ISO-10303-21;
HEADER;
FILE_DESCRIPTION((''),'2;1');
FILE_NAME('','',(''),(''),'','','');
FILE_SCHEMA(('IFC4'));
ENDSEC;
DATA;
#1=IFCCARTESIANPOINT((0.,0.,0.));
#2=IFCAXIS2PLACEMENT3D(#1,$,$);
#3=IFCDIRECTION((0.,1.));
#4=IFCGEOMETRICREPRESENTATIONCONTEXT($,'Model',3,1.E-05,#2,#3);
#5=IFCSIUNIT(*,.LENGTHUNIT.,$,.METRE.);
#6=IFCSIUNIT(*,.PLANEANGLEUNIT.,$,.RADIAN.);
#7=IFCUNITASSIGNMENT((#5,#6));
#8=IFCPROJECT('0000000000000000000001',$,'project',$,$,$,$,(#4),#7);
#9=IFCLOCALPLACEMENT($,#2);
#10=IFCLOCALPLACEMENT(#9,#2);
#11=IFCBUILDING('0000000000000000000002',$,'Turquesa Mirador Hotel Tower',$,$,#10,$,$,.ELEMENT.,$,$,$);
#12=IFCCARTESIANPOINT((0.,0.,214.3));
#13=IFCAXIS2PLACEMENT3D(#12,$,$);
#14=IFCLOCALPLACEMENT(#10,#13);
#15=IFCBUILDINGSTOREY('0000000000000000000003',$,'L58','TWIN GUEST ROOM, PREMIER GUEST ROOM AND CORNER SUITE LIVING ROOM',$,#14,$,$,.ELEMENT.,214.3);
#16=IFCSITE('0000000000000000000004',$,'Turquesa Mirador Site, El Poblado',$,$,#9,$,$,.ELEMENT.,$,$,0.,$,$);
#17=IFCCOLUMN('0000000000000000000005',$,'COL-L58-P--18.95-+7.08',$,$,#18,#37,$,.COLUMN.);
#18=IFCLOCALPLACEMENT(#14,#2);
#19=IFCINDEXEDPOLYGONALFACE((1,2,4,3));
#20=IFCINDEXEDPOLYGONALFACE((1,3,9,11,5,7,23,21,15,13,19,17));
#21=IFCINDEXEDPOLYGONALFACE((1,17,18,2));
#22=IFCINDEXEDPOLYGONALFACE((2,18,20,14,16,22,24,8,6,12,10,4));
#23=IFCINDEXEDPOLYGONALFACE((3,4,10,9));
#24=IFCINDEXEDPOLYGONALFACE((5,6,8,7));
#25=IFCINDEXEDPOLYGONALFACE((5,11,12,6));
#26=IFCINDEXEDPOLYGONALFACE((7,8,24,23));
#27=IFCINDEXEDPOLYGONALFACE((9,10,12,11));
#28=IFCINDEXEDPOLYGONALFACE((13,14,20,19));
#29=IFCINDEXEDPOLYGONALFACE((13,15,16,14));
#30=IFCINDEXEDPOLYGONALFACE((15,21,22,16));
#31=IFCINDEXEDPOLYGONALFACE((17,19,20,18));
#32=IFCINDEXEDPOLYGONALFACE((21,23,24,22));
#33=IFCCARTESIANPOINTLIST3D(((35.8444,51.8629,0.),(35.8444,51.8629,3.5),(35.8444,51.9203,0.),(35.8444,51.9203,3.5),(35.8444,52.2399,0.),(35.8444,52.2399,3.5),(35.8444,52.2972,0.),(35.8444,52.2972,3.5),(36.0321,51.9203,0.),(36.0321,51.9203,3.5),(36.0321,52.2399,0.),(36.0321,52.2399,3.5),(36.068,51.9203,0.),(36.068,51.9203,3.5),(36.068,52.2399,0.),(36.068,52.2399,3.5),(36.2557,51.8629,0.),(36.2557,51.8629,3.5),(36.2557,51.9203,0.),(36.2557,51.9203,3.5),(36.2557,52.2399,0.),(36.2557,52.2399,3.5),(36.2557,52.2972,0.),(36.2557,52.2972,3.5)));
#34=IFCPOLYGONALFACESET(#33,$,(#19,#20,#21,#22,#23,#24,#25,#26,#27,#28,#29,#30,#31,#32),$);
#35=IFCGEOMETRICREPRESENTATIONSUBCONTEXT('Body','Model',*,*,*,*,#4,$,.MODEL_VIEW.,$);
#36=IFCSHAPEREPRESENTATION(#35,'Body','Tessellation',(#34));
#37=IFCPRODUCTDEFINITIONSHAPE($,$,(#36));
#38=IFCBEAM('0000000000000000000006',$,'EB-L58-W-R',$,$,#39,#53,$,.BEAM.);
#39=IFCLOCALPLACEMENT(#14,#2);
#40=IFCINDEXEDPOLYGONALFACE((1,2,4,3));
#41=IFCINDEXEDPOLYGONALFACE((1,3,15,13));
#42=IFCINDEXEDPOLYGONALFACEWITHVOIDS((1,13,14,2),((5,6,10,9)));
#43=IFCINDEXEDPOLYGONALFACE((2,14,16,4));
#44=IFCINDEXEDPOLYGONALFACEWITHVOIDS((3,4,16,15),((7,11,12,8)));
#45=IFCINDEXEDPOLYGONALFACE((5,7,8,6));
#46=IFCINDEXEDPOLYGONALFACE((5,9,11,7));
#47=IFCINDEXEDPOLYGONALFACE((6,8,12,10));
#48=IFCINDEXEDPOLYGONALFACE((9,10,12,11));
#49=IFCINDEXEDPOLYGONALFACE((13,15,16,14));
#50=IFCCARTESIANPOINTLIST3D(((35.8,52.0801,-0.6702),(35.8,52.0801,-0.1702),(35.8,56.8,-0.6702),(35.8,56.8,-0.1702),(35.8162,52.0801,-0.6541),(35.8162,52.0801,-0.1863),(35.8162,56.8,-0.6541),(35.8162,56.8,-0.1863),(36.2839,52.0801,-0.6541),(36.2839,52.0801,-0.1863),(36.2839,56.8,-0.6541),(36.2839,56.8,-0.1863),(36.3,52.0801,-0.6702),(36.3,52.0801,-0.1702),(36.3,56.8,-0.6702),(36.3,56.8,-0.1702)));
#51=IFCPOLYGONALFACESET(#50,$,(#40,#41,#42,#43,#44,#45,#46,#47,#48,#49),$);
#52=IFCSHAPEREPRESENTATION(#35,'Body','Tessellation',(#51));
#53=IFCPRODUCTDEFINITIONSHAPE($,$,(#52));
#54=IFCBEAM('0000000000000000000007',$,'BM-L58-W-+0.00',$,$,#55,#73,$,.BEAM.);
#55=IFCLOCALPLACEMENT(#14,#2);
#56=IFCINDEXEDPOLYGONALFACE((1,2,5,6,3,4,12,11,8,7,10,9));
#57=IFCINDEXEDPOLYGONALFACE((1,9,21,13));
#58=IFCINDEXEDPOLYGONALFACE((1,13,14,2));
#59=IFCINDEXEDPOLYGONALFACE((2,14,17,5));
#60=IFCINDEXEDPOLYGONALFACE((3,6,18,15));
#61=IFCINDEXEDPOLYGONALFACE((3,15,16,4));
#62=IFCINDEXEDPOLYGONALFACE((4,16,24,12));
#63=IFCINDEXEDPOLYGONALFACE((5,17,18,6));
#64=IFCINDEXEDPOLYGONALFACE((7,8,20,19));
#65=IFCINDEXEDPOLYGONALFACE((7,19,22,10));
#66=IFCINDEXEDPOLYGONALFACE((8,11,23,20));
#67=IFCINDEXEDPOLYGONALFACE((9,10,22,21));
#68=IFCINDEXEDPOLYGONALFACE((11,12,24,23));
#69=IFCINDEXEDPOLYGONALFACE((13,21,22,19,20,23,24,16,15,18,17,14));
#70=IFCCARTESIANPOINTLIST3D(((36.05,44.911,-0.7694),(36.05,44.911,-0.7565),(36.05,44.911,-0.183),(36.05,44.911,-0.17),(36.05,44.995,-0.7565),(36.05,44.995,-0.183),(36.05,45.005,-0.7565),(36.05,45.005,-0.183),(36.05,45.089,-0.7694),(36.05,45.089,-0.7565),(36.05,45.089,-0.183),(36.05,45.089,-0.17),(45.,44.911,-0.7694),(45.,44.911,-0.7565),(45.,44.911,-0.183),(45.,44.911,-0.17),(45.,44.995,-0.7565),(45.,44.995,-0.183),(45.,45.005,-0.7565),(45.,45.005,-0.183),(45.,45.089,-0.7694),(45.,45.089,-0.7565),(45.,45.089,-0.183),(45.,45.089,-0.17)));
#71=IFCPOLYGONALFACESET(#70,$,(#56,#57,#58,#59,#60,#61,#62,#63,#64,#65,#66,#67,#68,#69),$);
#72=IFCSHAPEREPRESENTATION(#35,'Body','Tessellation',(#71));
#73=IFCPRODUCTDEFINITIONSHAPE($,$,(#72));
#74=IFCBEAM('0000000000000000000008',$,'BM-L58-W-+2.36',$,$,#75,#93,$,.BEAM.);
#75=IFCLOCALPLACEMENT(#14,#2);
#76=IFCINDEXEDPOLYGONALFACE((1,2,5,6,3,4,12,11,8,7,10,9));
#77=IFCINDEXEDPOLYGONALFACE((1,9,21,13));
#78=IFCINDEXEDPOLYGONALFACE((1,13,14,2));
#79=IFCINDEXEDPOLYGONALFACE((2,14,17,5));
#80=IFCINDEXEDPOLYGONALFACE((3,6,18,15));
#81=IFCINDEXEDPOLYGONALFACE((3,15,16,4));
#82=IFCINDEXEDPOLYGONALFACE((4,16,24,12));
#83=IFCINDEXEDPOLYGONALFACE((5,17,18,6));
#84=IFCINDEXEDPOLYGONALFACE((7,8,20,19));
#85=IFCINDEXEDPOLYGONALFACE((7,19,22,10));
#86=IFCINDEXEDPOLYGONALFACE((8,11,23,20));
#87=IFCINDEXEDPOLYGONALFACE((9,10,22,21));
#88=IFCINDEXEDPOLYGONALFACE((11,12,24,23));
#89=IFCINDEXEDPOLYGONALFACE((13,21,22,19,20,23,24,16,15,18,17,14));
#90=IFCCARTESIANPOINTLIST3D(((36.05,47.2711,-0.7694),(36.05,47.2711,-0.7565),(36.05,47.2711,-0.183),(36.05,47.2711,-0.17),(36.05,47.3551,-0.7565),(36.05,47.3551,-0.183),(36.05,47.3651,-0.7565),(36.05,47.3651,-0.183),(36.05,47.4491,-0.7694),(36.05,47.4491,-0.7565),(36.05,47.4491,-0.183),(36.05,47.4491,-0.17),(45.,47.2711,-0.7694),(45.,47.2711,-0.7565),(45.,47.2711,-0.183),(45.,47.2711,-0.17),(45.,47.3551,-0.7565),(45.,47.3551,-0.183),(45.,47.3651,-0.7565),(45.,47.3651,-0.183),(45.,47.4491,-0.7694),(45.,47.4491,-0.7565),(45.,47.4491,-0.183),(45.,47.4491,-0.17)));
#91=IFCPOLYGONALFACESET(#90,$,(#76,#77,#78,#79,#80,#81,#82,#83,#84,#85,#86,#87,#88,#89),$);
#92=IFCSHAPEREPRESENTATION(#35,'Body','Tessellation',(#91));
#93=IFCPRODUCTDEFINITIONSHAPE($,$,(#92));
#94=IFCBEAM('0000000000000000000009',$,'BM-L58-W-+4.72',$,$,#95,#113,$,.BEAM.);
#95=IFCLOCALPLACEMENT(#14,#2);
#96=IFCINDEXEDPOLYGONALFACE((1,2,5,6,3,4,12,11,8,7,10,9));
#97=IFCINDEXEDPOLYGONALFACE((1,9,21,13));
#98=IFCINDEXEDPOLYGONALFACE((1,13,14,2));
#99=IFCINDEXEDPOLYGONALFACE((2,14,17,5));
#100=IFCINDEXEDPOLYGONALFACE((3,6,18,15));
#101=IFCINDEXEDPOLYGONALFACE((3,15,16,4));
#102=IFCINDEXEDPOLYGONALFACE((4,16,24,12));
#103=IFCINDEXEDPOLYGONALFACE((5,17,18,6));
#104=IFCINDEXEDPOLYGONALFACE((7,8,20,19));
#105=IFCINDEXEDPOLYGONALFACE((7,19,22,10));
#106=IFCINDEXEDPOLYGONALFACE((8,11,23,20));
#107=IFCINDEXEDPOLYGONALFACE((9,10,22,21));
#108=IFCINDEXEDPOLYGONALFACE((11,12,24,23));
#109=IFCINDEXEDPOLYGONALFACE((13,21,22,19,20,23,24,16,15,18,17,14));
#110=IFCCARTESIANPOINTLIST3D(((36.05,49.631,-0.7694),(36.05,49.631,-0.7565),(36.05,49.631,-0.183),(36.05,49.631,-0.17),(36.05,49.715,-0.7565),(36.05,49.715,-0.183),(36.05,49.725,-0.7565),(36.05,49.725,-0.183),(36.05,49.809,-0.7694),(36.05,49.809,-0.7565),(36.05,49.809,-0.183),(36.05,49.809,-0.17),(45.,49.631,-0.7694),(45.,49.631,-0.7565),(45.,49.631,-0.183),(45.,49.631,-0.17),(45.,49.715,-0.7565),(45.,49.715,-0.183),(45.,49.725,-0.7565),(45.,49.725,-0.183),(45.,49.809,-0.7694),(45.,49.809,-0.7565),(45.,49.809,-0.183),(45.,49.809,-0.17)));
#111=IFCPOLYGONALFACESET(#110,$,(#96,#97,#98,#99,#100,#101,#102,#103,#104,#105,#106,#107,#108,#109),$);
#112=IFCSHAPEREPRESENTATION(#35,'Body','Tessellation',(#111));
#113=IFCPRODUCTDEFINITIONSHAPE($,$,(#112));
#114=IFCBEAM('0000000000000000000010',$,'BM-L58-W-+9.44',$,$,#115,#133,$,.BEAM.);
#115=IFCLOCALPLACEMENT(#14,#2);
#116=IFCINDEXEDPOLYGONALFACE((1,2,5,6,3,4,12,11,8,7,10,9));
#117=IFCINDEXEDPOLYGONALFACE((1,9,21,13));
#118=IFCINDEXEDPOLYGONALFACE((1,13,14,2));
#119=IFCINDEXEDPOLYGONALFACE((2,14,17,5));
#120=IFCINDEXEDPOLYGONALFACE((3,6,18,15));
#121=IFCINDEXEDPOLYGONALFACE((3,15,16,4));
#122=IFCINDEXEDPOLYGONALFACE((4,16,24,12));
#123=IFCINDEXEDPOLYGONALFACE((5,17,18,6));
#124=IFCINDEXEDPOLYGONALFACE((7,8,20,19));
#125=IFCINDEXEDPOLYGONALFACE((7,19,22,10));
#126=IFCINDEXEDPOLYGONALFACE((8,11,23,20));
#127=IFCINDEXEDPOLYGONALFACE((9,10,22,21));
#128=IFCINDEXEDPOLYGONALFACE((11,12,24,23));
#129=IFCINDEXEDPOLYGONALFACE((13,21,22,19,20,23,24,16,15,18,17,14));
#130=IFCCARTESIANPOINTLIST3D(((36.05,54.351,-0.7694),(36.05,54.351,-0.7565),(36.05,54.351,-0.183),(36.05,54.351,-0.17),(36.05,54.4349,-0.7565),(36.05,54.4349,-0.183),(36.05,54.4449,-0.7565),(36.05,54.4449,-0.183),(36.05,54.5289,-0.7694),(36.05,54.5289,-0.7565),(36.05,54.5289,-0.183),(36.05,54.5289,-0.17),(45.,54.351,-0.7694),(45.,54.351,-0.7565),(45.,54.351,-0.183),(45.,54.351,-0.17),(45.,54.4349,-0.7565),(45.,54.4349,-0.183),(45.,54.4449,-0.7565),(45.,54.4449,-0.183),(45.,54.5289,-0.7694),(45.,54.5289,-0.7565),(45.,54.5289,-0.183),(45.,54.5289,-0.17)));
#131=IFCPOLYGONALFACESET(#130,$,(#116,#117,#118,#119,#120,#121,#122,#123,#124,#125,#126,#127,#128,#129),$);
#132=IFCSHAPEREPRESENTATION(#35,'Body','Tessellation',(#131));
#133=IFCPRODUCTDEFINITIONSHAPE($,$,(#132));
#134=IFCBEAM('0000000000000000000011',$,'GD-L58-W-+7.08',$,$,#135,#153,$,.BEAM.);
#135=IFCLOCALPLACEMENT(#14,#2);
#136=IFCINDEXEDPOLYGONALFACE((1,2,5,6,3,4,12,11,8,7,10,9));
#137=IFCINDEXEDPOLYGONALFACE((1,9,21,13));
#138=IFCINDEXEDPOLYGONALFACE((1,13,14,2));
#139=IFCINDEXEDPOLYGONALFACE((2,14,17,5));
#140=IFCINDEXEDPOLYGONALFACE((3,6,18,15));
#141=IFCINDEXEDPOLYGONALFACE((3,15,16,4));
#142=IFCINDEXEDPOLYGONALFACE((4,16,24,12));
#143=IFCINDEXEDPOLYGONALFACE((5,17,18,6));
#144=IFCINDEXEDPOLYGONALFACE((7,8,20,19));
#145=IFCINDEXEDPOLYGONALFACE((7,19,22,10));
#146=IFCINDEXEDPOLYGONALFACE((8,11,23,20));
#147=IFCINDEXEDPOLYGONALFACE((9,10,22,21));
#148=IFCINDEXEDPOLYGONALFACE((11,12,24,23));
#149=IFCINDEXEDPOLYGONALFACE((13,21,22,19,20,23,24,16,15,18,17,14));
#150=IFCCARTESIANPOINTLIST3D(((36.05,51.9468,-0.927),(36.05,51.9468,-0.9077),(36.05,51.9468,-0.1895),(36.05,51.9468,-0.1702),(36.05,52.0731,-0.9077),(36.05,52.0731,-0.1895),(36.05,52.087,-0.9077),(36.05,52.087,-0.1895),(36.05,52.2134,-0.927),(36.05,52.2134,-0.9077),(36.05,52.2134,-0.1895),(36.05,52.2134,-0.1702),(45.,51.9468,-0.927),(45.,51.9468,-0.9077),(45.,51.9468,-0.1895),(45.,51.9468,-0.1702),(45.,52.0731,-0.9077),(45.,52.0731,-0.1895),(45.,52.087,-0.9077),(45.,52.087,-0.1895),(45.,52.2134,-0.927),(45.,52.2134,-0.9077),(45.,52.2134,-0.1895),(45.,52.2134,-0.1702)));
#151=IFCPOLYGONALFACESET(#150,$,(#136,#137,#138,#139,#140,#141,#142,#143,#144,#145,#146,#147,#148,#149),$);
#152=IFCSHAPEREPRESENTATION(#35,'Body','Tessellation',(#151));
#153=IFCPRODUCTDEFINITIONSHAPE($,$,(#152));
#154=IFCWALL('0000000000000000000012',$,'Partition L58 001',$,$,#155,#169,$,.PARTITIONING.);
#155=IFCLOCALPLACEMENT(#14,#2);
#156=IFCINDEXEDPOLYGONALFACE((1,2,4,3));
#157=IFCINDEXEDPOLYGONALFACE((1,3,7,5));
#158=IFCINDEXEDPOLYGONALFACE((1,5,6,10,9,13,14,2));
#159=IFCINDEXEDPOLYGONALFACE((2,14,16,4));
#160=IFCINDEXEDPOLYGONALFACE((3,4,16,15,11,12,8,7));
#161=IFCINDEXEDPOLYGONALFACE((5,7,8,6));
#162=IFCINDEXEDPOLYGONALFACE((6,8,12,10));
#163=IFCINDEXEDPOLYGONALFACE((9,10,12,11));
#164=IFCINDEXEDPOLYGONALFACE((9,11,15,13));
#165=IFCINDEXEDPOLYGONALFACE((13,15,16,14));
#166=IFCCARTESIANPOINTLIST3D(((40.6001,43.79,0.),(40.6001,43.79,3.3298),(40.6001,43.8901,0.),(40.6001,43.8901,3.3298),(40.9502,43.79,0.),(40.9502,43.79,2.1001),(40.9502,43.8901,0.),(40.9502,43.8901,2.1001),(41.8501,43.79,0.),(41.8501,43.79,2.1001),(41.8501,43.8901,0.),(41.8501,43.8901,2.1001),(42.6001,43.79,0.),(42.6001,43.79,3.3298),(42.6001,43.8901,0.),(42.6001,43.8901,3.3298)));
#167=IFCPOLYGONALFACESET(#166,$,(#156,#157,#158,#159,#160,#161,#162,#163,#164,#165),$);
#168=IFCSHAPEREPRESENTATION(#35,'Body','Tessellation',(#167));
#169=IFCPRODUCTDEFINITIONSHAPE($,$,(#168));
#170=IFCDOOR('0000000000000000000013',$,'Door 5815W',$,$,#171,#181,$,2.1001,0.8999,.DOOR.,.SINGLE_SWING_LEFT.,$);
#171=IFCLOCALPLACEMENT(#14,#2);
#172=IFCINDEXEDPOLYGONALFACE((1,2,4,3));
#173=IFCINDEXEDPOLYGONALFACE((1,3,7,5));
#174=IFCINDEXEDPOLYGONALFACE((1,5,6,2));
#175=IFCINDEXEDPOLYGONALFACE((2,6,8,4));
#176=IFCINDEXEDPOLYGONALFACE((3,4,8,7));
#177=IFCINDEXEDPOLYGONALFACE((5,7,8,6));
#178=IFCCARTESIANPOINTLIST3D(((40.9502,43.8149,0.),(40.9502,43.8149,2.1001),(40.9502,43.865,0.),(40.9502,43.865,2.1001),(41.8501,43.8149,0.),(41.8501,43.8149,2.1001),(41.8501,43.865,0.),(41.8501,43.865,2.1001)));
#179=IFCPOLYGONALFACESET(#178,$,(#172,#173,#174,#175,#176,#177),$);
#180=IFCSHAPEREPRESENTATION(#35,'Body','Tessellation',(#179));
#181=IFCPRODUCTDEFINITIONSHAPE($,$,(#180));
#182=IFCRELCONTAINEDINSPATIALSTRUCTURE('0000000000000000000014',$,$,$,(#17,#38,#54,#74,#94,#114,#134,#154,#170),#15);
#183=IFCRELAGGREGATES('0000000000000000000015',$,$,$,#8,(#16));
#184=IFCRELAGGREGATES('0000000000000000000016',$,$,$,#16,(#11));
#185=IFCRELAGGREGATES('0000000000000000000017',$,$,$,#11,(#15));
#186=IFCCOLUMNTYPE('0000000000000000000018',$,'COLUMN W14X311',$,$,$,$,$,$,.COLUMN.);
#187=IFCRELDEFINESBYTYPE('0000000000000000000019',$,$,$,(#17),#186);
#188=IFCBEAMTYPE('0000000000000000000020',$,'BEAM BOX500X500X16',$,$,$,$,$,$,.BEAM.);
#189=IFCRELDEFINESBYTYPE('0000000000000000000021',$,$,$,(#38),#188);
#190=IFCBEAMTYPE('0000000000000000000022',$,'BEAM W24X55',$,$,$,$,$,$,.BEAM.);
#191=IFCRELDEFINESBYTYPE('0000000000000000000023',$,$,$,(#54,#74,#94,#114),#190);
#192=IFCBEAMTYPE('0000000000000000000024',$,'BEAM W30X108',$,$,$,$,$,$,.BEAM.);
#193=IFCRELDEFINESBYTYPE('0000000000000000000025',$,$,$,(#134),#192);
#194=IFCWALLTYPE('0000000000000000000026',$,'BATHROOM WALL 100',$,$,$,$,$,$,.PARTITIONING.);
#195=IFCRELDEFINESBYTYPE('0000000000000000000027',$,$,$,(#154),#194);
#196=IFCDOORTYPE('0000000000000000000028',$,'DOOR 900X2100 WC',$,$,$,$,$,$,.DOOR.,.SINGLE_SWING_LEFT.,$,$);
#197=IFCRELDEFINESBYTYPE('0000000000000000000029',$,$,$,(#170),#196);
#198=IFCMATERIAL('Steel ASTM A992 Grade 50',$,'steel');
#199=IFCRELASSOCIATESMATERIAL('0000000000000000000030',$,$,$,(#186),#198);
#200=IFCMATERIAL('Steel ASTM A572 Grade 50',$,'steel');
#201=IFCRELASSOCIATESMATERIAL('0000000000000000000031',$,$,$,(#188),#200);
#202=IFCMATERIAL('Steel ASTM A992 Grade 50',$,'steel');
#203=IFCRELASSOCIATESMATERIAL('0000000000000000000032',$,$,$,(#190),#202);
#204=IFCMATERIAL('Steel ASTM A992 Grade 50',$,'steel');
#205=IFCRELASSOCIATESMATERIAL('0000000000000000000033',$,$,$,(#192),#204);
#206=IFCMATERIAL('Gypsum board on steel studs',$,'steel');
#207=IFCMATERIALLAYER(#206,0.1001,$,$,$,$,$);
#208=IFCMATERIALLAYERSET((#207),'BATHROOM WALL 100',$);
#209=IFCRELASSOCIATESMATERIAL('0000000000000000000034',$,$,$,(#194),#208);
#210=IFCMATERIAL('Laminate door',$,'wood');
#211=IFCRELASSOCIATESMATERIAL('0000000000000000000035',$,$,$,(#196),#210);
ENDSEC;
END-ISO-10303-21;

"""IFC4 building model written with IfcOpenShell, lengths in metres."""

from ifc_helpers import new_model, si_unit, direction, frame, frame_2d, origin, origin_2d, place, context, subcontext, project, spatial, rectangle, hollow_rectangle, i_section, extrude, material, layer, layer_set, material_profile, profile_set, type_object, element, fill, save


model = new_model("IFC4")

# Units and contexts
model_context = context("Model", 3, precision=1e-05, world=origin(), true_north=direction((0.0, 1.0)))
body_context = subcontext(model_context, "Body", "Model", "MODEL_VIEW")
ifc_project = project(units=[si_unit("LENGTHUNIT", "METRE"), si_unit("PLANEANGLEUNIT", "RADIAN")], contexts=[model_context])

# Site, building, storey
site_placement = place(None, origin())
site = spatial("IfcSite", under=ifc_project, at=site_placement, Name="Turquesa Mirador Site, El Poblado", CompositionType="ELEMENT", RefElevation=0.0)
building_placement = place(site_placement, origin())
building = spatial("IfcBuilding", under=site, at=building_placement, Name="Turquesa Mirador Hotel Tower", CompositionType="ELEMENT")
storey_placement = place(building_placement, frame((0.0, 0.0, 214.3)))
storey = spatial("IfcBuildingStorey", under=building, at=storey_placement, Name="L58", Description="TWIN GUEST ROOM, PREMIER GUEST ROOM AND CORNER SUITE LIVING ROOM", CompositionType="ELEMENT", Elevation=214.3)

# Column
ifc_material_1 = material(Name="Steel ASTM A992 Grade 50", Category="steel")
ifc_material_profile_1 = material_profile(ifc_material_1, i_section(OverallWidth=0.4114, OverallDepth=0.4343, WebThickness=0.0359, FlangeThickness=0.0574, at=origin_2d()), Name="W14X311")
ifc_profile_set_1 = profile_set([ifc_material_profile_1], Name="Steel ASTM A992 Grade 50")
column_type = type_object("IfcColumnType", Name="COLUMN W14X311", PredefinedType="COLUMN", material=ifc_profile_set_1)
column_placement = place(storey_placement, frame((36.05, 52.0801, 0.0), z_axis=(0.0, 0.0, 1.0), x_axis=(1.0, 0.0, 0.0)))
element("IfcColumn", 1, at=column_placement, inside=storey, type_object=column_type, Name="COL-L58-P--18.95-+7.08", PredefinedType="COLUMN", context=body_context, shape_type="SweptSolid", body=[
    extrude(i_section(OverallWidth=0.4114, OverallDepth=0.4343, WebThickness=0.0359, FlangeThickness=0.0574, at=origin_2d()), origin(), (0.0, 0.0, 1.0), 3.5),
])

# Beams
ifc_material_2 = material(Name="Steel ASTM A572 Grade 50", Category="steel")
ifc_material_profile_2 = material_profile(ifc_material_2, hollow_rectangle(XDim=0.5, YDim=0.5, WallThickness=0.0161, at=origin_2d()), Name="BOX500X500X16")
ifc_profile_set_2 = profile_set([ifc_material_profile_2], Name="Steel ASTM A572 Grade 50")
beam_type_1 = type_object("IfcBeamType", Name="BEAM BOX500X500X16", PredefinedType="BEAM", material=ifc_profile_set_2)
beam_1_placement = place(storey_placement, frame((36.05, 52.0801, -0.4202), z_axis=(0.0, 1.0, 0.0), x_axis=(-1.0, 0.0, 0.0)))
element("IfcBeam", 2, at=beam_1_placement, inside=storey, type_object=beam_type_1, Name="EB-L58-W-R", PredefinedType="BEAM", context=body_context, shape_type="SweptSolid", body=[
    extrude(hollow_rectangle(XDim=0.5, YDim=0.5, WallThickness=0.0161, at=origin_2d()), origin(), (0.0, 0.0, 1.0), 4.72),
])
ifc_material_3 = material(Name="Steel ASTM A992 Grade 50", Category="steel")
ifc_material_profile_3 = material_profile(ifc_material_3, i_section(OverallWidth=0.178, OverallDepth=0.5994, WebThickness=0.01, FlangeThickness=0.0129, at=origin_2d()), Name="W24X55")
ifc_profile_set_3 = profile_set([ifc_material_profile_3], Name="Steel ASTM A992 Grade 50")
beam_type_2 = type_object("IfcBeamType", Name="BEAM W24X55", PredefinedType="BEAM", material=ifc_profile_set_3)
for number, where, z_axis, x_axis, name in (
    (3, (36.05, 45.0, -0.4697), (1.0, 0.0, 0.0), (0.0, 1.0, 0.0), "BM-L58-W-+0.00"),
    (4, (36.05, 47.3601, -0.4697), (1.0, 0.0, 0.0), (0.0, 1.0, 0.0), "BM-L58-W-+2.36"),
    (5, (36.05, 49.72, -0.4697), (1.0, 0.0, 0.0), (0.0, 1.0, 0.0), "BM-L58-W-+4.72"),
    (6, (36.05, 54.4399, -0.4697), (1.0, 0.0, 0.0), (0.0, 1.0, 0.0), "BM-L58-W-+9.44"),
):
    element("IfcBeam", number, at=place(storey_placement, frame(where, z_axis=z_axis, x_axis=x_axis)), inside=storey, type_object=beam_type_2, Name=name, PredefinedType="BEAM", context=body_context, shape_type="SweptSolid", body=[
        extrude(i_section(OverallWidth=0.178, OverallDepth=0.5994, WebThickness=0.01, FlangeThickness=0.0129, at=origin_2d()), origin(), (0.0, 0.0, 1.0), 8.95),
    ])
ifc_material_4 = material(Name="Steel ASTM A992 Grade 50", Category="steel")
ifc_material_profile_4 = material_profile(ifc_material_4, i_section(OverallWidth=0.2666, OverallDepth=0.7568, WebThickness=0.0139, FlangeThickness=0.0193, at=origin_2d()), Name="W30X108")
ifc_profile_set_4 = profile_set([ifc_material_profile_4], Name="Steel ASTM A992 Grade 50")
beam_type_3 = type_object("IfcBeamType", Name="BEAM W30X108", PredefinedType="BEAM", material=ifc_profile_set_4)
beam_2_placement = place(storey_placement, frame((36.05, 52.0801, -0.5486), z_axis=(1.0, 0.0, 0.0), x_axis=(0.0, 1.0, 0.0)))
element("IfcBeam", 7, at=beam_2_placement, inside=storey, type_object=beam_type_3, Name="GD-L58-W-+7.08", PredefinedType="BEAM", context=body_context, shape_type="SweptSolid", body=[
    extrude(i_section(OverallWidth=0.2666, OverallDepth=0.7568, WebThickness=0.0139, FlangeThickness=0.0193, at=origin_2d()), origin(), (0.0, 0.0, 1.0), 8.95),
])

# Wall, opening, door
ifc_material_5 = material(Name="Gypsum board on steel studs", Category="steel")
ifc_layer_1 = layer(ifc_material_5, 0.1001)
ifc_layer_set_1 = layer_set([ifc_layer_1], Name="BATHROOM WALL 100")
wall_type_1 = type_object("IfcWallType", Name="BATHROOM WALL 100", PredefinedType="PARTITIONING", material=ifc_layer_set_1)
wall_1_placement = place(storey_placement, frame((40.6001, 43.8401, 0.0), z_axis=(0.0, 0.0, 1.0), x_axis=(1.0, 0.0, 0.0)))
wall_1 = element("IfcWall", 8, at=wall_1_placement, inside=storey, type_object=wall_type_1, Name="Partition L58 001", PredefinedType="PARTITIONING", context=body_context, shape_type="SweptSolid", body=[
    extrude(rectangle(XDim=2.0, YDim=0.1001, at=frame_2d((1.0, 0.0))), origin(), (0.0, 0.0, 1.0), 3.3298),
])
opening_1_placement = place(wall_1_placement, frame((0.3501, 0.0, 0.0)))
opening_1 = element("IfcOpeningElement", 9, at=opening_1_placement, cuts=wall_1, PredefinedType="OPENING", context=body_context, shape_type="SweptSolid", body=[
    extrude(rectangle(XDim=0.8999, YDim=2.1001, at=frame_2d((0.45, 1.05))), frame((0.0, 0.0601, 0.0), z_axis=(0.0, -1.0, 0.0), x_axis=(1.0, 0.0, 0.0)), (0.0, 0.0, 1.0), 0.1201),
])
ifc_material_6 = material(Name="Laminate door", Category="wood")
door_type_1 = type_object("IfcDoorType", Name="DOOR 900X2100 WC", OperationType="SINGLE_SWING_LEFT", PredefinedType="DOOR", material=ifc_material_6)
door_1_placement = place(opening_1_placement, origin())
door_1 = element("IfcDoor", 10, at=door_1_placement, inside=storey, type_object=door_type_1, Name="Door 5815W", OperationType="SINGLE_SWING_LEFT", OverallHeight=2.1001, OverallWidth=0.8999, PredefinedType="DOOR", context=body_context, shape_type="SweptSolid", body=[
    extrude(rectangle(XDim=0.8999, YDim=2.1001, at=frame_2d((0.45, 1.05))), frame((0.0, 0.0249, 0.0), z_axis=(0.0, -1.0, 0.0), x_axis=(1.0, 0.0, 0.0)), (0.0, 0.0, 1.0), 0.05),
])
fill(opening_1, door_1)

save(model, "model.ifc")
